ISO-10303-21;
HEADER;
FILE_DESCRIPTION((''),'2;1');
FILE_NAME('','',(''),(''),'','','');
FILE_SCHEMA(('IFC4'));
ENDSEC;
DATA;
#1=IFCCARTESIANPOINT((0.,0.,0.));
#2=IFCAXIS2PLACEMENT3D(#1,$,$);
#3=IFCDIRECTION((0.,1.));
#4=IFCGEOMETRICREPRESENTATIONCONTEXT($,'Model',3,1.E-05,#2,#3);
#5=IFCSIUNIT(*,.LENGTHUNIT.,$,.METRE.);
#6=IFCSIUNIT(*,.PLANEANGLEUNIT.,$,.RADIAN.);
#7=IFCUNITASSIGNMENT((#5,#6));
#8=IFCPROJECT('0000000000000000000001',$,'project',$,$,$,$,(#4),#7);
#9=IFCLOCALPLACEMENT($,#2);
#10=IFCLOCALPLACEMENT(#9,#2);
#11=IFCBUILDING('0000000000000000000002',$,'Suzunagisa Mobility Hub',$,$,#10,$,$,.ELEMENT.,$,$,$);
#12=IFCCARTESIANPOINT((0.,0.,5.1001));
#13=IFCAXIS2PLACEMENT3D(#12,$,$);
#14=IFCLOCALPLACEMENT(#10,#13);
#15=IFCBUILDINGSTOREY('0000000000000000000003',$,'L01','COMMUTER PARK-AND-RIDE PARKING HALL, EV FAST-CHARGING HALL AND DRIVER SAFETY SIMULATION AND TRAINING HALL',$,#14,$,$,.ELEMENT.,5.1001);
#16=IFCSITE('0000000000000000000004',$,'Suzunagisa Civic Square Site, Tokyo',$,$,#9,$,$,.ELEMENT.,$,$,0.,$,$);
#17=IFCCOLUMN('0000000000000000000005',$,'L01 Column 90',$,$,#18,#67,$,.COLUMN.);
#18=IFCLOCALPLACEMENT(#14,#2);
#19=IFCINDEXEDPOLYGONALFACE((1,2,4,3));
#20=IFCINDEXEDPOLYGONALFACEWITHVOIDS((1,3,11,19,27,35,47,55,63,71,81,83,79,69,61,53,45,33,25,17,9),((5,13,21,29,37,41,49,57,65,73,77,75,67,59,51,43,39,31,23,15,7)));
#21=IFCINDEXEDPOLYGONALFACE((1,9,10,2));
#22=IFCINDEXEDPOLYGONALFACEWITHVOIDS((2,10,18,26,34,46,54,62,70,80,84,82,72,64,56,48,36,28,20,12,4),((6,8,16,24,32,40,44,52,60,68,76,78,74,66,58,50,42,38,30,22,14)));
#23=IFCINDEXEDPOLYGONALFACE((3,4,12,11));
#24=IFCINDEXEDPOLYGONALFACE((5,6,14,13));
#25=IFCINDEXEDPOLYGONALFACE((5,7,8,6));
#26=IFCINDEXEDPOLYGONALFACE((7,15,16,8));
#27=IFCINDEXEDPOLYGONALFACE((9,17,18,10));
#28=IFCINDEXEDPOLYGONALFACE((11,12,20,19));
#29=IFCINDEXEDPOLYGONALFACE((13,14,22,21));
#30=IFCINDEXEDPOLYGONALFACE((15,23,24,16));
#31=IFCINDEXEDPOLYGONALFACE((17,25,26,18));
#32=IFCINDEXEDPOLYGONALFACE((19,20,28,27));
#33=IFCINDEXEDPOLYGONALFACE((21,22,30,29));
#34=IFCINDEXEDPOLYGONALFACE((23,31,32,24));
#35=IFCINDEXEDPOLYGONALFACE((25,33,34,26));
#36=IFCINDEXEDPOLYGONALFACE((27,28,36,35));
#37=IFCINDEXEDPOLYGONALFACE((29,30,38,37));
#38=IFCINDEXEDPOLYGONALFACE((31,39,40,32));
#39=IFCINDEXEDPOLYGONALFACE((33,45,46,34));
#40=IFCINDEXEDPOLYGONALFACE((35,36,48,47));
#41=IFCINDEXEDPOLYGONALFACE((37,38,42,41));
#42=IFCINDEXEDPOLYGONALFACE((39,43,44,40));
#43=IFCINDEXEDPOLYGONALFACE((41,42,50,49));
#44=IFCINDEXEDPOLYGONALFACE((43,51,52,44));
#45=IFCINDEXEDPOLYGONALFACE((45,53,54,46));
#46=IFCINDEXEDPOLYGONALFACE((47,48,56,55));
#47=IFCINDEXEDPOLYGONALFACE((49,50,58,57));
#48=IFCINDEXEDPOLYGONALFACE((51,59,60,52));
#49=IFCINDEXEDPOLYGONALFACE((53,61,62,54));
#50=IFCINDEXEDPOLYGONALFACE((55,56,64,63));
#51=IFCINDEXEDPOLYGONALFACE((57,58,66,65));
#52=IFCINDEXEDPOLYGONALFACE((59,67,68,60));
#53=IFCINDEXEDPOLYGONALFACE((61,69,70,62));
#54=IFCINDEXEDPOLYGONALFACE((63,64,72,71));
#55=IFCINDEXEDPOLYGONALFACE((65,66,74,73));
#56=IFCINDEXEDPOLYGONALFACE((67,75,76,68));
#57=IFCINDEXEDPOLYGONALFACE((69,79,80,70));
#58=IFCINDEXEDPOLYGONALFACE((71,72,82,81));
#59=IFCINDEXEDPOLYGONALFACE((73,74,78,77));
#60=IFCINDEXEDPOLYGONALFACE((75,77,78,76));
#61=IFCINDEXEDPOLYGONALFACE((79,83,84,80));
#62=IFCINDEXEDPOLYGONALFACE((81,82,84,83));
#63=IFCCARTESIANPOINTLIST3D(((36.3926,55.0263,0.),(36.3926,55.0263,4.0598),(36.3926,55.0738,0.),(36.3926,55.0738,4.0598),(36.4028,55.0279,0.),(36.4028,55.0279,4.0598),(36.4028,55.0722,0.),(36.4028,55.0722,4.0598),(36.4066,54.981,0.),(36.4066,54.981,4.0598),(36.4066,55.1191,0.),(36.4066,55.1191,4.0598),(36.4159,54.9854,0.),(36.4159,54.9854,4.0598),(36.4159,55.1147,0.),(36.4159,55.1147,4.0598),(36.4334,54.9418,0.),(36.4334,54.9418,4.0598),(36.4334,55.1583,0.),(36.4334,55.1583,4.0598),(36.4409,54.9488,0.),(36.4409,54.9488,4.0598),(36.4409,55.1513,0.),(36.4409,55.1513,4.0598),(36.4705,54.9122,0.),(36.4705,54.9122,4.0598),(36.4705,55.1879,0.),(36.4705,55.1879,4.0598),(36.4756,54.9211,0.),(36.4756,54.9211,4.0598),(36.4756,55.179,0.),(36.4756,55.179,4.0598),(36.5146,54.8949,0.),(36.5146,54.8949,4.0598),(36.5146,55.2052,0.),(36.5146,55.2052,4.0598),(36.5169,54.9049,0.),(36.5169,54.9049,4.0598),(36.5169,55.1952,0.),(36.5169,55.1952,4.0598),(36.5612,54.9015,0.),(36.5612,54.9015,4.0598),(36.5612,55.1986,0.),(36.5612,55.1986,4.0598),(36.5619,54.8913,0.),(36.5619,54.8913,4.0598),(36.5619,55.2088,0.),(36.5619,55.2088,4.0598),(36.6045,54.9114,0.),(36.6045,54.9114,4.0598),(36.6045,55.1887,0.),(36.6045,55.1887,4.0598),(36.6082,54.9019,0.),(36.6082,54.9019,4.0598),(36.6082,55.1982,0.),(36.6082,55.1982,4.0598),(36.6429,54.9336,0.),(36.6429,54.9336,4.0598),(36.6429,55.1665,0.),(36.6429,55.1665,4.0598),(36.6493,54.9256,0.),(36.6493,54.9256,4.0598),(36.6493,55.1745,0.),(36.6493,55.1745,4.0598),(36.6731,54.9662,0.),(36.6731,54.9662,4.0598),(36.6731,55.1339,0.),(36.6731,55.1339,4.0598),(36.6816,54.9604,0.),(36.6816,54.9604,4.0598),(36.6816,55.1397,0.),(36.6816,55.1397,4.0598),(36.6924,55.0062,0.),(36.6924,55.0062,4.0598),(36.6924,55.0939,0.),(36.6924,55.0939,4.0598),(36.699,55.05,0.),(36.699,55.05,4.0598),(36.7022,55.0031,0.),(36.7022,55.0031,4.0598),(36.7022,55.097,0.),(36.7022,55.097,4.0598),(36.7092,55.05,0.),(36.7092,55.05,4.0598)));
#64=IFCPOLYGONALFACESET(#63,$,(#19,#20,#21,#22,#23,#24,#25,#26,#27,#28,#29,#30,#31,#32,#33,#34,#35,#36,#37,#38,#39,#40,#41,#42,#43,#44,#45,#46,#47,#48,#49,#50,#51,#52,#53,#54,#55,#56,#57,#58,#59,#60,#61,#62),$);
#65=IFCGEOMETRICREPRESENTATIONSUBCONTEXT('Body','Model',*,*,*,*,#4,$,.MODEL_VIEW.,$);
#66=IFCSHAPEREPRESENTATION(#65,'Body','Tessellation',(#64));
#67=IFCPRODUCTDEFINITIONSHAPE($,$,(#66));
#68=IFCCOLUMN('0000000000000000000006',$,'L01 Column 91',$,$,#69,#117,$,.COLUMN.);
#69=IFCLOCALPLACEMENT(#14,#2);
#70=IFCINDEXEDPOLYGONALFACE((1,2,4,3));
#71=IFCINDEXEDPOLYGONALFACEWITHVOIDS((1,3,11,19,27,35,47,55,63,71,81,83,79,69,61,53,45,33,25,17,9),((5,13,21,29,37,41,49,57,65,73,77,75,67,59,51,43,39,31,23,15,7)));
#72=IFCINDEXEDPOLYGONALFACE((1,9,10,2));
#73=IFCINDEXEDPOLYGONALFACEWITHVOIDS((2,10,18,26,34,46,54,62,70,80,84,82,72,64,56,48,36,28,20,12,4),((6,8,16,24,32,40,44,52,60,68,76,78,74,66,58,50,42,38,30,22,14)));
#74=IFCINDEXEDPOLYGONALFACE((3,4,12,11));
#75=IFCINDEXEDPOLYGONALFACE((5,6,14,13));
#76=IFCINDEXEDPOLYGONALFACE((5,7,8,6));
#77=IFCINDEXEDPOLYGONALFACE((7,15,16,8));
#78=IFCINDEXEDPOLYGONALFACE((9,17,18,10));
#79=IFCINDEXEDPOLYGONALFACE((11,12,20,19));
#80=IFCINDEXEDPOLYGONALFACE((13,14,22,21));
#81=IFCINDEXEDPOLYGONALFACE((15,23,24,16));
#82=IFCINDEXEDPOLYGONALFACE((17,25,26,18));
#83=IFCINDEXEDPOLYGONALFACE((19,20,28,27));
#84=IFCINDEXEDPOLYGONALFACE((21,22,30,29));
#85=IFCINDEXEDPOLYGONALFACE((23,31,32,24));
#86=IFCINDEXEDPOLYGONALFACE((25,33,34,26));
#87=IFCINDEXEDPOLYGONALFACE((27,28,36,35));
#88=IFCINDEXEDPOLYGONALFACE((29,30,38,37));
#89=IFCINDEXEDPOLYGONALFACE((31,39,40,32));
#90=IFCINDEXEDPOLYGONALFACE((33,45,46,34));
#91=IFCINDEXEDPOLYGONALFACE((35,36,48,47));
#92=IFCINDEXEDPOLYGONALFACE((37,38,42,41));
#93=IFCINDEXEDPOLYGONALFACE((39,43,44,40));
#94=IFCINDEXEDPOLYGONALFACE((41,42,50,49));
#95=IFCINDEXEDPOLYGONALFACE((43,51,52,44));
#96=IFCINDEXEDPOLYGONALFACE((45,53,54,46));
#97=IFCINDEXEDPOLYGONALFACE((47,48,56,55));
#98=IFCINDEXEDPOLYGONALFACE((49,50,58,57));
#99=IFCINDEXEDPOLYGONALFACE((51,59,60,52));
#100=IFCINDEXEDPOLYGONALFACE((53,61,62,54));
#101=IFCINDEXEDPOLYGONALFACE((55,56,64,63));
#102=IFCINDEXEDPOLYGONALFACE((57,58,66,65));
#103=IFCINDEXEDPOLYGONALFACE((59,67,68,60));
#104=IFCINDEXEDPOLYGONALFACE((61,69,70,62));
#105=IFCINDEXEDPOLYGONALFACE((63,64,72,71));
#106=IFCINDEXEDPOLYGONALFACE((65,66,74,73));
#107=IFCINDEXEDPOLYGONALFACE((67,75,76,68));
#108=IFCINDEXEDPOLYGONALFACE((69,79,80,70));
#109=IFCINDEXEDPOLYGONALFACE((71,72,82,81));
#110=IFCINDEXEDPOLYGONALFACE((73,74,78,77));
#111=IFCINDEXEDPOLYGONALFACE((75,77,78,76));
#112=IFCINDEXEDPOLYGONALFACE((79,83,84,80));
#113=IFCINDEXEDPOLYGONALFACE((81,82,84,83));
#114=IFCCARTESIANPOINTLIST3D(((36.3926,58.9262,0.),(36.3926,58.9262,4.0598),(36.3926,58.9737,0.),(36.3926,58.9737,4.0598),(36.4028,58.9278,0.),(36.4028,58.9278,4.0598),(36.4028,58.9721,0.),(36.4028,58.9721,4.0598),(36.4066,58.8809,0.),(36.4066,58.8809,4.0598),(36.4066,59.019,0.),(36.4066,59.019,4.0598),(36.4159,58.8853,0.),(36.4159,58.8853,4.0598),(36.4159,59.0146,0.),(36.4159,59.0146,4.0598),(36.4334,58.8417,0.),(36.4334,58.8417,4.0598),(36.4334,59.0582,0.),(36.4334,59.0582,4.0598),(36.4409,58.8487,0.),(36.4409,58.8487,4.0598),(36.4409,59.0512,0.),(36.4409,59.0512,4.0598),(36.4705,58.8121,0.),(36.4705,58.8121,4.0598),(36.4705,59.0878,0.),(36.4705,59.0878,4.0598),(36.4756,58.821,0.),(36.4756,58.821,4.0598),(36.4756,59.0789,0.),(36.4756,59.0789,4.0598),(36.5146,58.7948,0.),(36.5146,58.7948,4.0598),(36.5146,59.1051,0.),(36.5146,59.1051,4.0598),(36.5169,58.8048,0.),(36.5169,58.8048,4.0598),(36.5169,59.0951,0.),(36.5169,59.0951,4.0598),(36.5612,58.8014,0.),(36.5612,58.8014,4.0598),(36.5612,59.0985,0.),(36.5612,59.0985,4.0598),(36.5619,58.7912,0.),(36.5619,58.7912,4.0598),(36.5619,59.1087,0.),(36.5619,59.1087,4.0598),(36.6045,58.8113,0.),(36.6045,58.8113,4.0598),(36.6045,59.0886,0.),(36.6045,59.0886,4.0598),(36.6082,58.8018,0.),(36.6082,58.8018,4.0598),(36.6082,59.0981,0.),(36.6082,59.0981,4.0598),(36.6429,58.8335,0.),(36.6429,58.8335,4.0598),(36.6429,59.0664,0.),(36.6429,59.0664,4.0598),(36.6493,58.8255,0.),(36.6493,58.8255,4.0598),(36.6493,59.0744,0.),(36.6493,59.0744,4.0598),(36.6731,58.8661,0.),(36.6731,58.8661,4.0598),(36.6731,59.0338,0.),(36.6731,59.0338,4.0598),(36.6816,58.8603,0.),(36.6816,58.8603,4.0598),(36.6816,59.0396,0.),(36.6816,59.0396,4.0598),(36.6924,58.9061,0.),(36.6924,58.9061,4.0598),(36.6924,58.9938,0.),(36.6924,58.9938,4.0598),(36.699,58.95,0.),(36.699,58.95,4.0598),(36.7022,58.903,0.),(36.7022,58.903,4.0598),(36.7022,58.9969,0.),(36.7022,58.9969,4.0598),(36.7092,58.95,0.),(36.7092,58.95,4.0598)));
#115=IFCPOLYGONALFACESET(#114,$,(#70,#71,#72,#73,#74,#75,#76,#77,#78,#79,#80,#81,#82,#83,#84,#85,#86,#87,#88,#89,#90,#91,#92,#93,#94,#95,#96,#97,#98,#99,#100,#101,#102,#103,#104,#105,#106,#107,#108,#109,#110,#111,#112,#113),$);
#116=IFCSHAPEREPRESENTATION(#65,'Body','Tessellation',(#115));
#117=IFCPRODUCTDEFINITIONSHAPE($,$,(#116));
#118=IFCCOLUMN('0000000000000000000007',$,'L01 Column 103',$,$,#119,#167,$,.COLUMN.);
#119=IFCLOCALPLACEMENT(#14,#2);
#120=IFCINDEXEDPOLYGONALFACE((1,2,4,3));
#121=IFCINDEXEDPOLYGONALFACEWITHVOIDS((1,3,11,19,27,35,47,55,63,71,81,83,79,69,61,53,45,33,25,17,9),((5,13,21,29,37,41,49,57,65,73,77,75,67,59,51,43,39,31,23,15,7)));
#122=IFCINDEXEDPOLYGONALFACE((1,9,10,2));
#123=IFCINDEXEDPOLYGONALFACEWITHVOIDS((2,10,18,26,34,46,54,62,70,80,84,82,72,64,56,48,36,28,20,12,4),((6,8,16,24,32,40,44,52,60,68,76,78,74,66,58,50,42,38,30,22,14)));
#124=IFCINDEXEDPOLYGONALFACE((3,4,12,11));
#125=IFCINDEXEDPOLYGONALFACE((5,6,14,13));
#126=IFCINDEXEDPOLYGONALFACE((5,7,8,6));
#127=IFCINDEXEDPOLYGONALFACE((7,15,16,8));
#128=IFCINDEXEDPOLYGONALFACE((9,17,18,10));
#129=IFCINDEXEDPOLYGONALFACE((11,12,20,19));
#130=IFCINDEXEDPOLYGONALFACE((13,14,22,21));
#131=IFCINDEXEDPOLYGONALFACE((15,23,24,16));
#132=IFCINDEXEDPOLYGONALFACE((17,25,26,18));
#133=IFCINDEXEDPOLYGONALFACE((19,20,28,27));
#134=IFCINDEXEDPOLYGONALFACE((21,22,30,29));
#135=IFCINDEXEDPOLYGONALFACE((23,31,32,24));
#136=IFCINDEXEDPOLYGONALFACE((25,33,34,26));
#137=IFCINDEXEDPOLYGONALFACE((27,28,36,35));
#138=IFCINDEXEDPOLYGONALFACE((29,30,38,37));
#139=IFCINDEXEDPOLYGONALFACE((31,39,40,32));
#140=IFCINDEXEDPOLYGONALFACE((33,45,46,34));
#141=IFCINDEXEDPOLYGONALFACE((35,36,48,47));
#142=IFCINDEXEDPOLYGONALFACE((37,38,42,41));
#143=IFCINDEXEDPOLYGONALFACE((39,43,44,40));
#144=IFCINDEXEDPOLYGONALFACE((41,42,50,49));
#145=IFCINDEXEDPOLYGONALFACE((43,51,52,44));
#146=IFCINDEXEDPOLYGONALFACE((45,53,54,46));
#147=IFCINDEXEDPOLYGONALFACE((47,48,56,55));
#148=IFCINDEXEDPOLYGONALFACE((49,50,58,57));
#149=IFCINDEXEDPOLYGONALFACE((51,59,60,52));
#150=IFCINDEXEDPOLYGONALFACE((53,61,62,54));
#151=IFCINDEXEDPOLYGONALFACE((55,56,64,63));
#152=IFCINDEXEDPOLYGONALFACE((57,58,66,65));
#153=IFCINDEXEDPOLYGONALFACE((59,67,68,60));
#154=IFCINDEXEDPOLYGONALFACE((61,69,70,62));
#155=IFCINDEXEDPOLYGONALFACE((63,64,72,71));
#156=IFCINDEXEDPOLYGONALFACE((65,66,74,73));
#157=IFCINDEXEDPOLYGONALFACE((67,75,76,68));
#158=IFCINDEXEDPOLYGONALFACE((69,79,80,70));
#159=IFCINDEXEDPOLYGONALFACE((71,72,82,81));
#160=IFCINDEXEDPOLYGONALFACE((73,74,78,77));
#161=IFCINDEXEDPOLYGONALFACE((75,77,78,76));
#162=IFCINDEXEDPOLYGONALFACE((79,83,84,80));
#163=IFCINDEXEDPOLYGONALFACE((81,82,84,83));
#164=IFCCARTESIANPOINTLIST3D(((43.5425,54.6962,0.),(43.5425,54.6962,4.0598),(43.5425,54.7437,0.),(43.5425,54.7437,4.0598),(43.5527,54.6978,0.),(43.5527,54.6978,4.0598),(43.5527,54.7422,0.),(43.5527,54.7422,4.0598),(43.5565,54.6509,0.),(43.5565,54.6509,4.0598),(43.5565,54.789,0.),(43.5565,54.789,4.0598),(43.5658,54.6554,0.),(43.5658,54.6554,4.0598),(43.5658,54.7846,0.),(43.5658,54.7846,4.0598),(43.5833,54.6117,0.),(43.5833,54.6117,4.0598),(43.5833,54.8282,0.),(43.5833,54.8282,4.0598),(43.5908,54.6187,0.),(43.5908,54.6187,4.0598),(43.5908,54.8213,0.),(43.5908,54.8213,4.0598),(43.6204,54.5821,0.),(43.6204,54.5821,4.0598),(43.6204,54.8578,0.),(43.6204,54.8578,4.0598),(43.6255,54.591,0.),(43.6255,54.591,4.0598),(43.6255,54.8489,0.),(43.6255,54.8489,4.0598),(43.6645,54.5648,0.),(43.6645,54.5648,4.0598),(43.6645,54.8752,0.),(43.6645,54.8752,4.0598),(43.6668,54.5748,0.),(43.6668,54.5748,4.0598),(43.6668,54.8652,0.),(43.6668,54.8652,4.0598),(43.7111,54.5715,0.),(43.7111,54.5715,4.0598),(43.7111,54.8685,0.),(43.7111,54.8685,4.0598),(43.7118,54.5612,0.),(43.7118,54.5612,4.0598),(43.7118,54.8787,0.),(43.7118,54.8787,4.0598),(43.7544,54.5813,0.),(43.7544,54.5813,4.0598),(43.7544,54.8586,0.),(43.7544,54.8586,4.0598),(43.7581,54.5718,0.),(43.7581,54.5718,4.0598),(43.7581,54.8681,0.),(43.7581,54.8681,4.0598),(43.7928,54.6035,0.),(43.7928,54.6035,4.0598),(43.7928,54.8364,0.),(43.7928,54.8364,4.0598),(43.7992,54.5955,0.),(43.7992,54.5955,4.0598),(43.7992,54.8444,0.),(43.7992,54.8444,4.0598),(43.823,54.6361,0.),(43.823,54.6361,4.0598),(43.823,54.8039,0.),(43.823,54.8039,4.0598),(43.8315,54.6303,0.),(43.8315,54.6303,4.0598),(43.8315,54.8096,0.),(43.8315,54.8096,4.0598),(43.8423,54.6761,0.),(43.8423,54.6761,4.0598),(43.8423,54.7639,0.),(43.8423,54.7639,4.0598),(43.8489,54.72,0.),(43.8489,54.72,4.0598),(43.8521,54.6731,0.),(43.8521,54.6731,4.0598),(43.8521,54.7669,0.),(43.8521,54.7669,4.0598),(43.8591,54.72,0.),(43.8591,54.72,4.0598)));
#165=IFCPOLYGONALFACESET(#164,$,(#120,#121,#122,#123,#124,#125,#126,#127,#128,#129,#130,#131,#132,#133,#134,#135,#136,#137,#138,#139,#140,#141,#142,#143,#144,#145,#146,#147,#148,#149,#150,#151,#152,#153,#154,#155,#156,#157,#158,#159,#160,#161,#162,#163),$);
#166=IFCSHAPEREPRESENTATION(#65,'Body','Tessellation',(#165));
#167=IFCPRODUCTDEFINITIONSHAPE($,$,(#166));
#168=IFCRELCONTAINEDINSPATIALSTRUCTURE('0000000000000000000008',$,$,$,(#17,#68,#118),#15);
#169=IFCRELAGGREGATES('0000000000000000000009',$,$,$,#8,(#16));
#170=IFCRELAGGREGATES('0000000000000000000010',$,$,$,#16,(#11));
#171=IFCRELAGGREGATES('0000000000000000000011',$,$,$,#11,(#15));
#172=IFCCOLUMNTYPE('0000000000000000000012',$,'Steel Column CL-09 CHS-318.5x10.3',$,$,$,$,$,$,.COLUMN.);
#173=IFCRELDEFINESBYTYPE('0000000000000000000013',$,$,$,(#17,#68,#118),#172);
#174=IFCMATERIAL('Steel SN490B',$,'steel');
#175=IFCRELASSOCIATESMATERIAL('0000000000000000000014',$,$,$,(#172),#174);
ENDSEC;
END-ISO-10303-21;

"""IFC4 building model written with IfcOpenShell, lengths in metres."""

from ifc_helpers import new_model, si_unit, direction, frame, origin, origin_2d, place, context, subcontext, project, spatial, hollow_circle, extrude, material, material_profile, profile_set, type_object, element, save


model = new_model("IFC4")

# Units and contexts
model_context = context("Model", 3, precision=1e-05, world=origin(), true_north=direction((0.0, 1.0)))
body_context = subcontext(model_context, "Body", "Model", "MODEL_VIEW")
ifc_project = project(units=[si_unit("LENGTHUNIT", "METRE"), si_unit("PLANEANGLEUNIT", "RADIAN")], contexts=[model_context])

# Site, building, storey
site_placement = place(None, origin())
site = spatial("IfcSite", under=ifc_project, at=site_placement, Name="Suzunagisa Civic Square Site, Tokyo", CompositionType="ELEMENT", RefElevation=0.0)
building_placement = place(site_placement, origin())
building = spatial("IfcBuilding", under=site, at=building_placement, Name="Suzunagisa Mobility Hub", CompositionType="ELEMENT")
storey_placement = place(building_placement, frame((0.0, 0.0, 5.1001)))
storey = spatial("IfcBuildingStorey", under=building, at=storey_placement, Name="L01", Description="COMMUTER PARK-AND-RIDE PARKING HALL, EV FAST-CHARGING HALL AND DRIVER SAFETY SIMULATION AND TRAINING HALL", CompositionType="ELEMENT", Elevation=5.1001)

# Columns
ifc_material_1 = material(Name="Steel SN490B", Category="steel")
ifc_material_profile_1 = material_profile(ifc_material_1, hollow_circle(Radius=0.1592, WallThickness=0.0103, at=origin_2d()), Name="CHS-318.5x10.3")
ifc_profile_set_1 = profile_set([ifc_material_profile_1], Name="Steel SN490B")
column_type_1 = type_object("IfcColumnType", Name="Steel Column CL-09 CHS-318.5x10.3", PredefinedType="COLUMN", material=ifc_profile_set_1)
for number, where, z_axis, x_axis, name in (
    (1, (36.55, 55.05, 0.0), (0.0, 0.0, 1.0), (1.0, 0.0, 0.0), "L01 Column 90"),
    (2, (36.55, 58.95, 0.0), (0.0, 0.0, 1.0), (1.0, 0.0, 0.0), "L01 Column 91"),
    (3, (43.7, 54.72, 0.0), (0.0, 0.0, 1.0), (1.0, 0.0, 0.0), "L01 Column 103"),
):
    element("IfcColumn", number, at=place(storey_placement, frame(where, z_axis=z_axis, x_axis=x_axis)), inside=storey, type_object=column_type_1, Name=name, PredefinedType="COLUMN", context=body_context, shape_type="SweptSolid", body=[
        extrude(hollow_circle(Radius=0.1592, WallThickness=0.0103, at=origin_2d()), origin(), (0.0, 0.0, 1.0), 4.0598),
    ])

save(model, "model.ifc")
